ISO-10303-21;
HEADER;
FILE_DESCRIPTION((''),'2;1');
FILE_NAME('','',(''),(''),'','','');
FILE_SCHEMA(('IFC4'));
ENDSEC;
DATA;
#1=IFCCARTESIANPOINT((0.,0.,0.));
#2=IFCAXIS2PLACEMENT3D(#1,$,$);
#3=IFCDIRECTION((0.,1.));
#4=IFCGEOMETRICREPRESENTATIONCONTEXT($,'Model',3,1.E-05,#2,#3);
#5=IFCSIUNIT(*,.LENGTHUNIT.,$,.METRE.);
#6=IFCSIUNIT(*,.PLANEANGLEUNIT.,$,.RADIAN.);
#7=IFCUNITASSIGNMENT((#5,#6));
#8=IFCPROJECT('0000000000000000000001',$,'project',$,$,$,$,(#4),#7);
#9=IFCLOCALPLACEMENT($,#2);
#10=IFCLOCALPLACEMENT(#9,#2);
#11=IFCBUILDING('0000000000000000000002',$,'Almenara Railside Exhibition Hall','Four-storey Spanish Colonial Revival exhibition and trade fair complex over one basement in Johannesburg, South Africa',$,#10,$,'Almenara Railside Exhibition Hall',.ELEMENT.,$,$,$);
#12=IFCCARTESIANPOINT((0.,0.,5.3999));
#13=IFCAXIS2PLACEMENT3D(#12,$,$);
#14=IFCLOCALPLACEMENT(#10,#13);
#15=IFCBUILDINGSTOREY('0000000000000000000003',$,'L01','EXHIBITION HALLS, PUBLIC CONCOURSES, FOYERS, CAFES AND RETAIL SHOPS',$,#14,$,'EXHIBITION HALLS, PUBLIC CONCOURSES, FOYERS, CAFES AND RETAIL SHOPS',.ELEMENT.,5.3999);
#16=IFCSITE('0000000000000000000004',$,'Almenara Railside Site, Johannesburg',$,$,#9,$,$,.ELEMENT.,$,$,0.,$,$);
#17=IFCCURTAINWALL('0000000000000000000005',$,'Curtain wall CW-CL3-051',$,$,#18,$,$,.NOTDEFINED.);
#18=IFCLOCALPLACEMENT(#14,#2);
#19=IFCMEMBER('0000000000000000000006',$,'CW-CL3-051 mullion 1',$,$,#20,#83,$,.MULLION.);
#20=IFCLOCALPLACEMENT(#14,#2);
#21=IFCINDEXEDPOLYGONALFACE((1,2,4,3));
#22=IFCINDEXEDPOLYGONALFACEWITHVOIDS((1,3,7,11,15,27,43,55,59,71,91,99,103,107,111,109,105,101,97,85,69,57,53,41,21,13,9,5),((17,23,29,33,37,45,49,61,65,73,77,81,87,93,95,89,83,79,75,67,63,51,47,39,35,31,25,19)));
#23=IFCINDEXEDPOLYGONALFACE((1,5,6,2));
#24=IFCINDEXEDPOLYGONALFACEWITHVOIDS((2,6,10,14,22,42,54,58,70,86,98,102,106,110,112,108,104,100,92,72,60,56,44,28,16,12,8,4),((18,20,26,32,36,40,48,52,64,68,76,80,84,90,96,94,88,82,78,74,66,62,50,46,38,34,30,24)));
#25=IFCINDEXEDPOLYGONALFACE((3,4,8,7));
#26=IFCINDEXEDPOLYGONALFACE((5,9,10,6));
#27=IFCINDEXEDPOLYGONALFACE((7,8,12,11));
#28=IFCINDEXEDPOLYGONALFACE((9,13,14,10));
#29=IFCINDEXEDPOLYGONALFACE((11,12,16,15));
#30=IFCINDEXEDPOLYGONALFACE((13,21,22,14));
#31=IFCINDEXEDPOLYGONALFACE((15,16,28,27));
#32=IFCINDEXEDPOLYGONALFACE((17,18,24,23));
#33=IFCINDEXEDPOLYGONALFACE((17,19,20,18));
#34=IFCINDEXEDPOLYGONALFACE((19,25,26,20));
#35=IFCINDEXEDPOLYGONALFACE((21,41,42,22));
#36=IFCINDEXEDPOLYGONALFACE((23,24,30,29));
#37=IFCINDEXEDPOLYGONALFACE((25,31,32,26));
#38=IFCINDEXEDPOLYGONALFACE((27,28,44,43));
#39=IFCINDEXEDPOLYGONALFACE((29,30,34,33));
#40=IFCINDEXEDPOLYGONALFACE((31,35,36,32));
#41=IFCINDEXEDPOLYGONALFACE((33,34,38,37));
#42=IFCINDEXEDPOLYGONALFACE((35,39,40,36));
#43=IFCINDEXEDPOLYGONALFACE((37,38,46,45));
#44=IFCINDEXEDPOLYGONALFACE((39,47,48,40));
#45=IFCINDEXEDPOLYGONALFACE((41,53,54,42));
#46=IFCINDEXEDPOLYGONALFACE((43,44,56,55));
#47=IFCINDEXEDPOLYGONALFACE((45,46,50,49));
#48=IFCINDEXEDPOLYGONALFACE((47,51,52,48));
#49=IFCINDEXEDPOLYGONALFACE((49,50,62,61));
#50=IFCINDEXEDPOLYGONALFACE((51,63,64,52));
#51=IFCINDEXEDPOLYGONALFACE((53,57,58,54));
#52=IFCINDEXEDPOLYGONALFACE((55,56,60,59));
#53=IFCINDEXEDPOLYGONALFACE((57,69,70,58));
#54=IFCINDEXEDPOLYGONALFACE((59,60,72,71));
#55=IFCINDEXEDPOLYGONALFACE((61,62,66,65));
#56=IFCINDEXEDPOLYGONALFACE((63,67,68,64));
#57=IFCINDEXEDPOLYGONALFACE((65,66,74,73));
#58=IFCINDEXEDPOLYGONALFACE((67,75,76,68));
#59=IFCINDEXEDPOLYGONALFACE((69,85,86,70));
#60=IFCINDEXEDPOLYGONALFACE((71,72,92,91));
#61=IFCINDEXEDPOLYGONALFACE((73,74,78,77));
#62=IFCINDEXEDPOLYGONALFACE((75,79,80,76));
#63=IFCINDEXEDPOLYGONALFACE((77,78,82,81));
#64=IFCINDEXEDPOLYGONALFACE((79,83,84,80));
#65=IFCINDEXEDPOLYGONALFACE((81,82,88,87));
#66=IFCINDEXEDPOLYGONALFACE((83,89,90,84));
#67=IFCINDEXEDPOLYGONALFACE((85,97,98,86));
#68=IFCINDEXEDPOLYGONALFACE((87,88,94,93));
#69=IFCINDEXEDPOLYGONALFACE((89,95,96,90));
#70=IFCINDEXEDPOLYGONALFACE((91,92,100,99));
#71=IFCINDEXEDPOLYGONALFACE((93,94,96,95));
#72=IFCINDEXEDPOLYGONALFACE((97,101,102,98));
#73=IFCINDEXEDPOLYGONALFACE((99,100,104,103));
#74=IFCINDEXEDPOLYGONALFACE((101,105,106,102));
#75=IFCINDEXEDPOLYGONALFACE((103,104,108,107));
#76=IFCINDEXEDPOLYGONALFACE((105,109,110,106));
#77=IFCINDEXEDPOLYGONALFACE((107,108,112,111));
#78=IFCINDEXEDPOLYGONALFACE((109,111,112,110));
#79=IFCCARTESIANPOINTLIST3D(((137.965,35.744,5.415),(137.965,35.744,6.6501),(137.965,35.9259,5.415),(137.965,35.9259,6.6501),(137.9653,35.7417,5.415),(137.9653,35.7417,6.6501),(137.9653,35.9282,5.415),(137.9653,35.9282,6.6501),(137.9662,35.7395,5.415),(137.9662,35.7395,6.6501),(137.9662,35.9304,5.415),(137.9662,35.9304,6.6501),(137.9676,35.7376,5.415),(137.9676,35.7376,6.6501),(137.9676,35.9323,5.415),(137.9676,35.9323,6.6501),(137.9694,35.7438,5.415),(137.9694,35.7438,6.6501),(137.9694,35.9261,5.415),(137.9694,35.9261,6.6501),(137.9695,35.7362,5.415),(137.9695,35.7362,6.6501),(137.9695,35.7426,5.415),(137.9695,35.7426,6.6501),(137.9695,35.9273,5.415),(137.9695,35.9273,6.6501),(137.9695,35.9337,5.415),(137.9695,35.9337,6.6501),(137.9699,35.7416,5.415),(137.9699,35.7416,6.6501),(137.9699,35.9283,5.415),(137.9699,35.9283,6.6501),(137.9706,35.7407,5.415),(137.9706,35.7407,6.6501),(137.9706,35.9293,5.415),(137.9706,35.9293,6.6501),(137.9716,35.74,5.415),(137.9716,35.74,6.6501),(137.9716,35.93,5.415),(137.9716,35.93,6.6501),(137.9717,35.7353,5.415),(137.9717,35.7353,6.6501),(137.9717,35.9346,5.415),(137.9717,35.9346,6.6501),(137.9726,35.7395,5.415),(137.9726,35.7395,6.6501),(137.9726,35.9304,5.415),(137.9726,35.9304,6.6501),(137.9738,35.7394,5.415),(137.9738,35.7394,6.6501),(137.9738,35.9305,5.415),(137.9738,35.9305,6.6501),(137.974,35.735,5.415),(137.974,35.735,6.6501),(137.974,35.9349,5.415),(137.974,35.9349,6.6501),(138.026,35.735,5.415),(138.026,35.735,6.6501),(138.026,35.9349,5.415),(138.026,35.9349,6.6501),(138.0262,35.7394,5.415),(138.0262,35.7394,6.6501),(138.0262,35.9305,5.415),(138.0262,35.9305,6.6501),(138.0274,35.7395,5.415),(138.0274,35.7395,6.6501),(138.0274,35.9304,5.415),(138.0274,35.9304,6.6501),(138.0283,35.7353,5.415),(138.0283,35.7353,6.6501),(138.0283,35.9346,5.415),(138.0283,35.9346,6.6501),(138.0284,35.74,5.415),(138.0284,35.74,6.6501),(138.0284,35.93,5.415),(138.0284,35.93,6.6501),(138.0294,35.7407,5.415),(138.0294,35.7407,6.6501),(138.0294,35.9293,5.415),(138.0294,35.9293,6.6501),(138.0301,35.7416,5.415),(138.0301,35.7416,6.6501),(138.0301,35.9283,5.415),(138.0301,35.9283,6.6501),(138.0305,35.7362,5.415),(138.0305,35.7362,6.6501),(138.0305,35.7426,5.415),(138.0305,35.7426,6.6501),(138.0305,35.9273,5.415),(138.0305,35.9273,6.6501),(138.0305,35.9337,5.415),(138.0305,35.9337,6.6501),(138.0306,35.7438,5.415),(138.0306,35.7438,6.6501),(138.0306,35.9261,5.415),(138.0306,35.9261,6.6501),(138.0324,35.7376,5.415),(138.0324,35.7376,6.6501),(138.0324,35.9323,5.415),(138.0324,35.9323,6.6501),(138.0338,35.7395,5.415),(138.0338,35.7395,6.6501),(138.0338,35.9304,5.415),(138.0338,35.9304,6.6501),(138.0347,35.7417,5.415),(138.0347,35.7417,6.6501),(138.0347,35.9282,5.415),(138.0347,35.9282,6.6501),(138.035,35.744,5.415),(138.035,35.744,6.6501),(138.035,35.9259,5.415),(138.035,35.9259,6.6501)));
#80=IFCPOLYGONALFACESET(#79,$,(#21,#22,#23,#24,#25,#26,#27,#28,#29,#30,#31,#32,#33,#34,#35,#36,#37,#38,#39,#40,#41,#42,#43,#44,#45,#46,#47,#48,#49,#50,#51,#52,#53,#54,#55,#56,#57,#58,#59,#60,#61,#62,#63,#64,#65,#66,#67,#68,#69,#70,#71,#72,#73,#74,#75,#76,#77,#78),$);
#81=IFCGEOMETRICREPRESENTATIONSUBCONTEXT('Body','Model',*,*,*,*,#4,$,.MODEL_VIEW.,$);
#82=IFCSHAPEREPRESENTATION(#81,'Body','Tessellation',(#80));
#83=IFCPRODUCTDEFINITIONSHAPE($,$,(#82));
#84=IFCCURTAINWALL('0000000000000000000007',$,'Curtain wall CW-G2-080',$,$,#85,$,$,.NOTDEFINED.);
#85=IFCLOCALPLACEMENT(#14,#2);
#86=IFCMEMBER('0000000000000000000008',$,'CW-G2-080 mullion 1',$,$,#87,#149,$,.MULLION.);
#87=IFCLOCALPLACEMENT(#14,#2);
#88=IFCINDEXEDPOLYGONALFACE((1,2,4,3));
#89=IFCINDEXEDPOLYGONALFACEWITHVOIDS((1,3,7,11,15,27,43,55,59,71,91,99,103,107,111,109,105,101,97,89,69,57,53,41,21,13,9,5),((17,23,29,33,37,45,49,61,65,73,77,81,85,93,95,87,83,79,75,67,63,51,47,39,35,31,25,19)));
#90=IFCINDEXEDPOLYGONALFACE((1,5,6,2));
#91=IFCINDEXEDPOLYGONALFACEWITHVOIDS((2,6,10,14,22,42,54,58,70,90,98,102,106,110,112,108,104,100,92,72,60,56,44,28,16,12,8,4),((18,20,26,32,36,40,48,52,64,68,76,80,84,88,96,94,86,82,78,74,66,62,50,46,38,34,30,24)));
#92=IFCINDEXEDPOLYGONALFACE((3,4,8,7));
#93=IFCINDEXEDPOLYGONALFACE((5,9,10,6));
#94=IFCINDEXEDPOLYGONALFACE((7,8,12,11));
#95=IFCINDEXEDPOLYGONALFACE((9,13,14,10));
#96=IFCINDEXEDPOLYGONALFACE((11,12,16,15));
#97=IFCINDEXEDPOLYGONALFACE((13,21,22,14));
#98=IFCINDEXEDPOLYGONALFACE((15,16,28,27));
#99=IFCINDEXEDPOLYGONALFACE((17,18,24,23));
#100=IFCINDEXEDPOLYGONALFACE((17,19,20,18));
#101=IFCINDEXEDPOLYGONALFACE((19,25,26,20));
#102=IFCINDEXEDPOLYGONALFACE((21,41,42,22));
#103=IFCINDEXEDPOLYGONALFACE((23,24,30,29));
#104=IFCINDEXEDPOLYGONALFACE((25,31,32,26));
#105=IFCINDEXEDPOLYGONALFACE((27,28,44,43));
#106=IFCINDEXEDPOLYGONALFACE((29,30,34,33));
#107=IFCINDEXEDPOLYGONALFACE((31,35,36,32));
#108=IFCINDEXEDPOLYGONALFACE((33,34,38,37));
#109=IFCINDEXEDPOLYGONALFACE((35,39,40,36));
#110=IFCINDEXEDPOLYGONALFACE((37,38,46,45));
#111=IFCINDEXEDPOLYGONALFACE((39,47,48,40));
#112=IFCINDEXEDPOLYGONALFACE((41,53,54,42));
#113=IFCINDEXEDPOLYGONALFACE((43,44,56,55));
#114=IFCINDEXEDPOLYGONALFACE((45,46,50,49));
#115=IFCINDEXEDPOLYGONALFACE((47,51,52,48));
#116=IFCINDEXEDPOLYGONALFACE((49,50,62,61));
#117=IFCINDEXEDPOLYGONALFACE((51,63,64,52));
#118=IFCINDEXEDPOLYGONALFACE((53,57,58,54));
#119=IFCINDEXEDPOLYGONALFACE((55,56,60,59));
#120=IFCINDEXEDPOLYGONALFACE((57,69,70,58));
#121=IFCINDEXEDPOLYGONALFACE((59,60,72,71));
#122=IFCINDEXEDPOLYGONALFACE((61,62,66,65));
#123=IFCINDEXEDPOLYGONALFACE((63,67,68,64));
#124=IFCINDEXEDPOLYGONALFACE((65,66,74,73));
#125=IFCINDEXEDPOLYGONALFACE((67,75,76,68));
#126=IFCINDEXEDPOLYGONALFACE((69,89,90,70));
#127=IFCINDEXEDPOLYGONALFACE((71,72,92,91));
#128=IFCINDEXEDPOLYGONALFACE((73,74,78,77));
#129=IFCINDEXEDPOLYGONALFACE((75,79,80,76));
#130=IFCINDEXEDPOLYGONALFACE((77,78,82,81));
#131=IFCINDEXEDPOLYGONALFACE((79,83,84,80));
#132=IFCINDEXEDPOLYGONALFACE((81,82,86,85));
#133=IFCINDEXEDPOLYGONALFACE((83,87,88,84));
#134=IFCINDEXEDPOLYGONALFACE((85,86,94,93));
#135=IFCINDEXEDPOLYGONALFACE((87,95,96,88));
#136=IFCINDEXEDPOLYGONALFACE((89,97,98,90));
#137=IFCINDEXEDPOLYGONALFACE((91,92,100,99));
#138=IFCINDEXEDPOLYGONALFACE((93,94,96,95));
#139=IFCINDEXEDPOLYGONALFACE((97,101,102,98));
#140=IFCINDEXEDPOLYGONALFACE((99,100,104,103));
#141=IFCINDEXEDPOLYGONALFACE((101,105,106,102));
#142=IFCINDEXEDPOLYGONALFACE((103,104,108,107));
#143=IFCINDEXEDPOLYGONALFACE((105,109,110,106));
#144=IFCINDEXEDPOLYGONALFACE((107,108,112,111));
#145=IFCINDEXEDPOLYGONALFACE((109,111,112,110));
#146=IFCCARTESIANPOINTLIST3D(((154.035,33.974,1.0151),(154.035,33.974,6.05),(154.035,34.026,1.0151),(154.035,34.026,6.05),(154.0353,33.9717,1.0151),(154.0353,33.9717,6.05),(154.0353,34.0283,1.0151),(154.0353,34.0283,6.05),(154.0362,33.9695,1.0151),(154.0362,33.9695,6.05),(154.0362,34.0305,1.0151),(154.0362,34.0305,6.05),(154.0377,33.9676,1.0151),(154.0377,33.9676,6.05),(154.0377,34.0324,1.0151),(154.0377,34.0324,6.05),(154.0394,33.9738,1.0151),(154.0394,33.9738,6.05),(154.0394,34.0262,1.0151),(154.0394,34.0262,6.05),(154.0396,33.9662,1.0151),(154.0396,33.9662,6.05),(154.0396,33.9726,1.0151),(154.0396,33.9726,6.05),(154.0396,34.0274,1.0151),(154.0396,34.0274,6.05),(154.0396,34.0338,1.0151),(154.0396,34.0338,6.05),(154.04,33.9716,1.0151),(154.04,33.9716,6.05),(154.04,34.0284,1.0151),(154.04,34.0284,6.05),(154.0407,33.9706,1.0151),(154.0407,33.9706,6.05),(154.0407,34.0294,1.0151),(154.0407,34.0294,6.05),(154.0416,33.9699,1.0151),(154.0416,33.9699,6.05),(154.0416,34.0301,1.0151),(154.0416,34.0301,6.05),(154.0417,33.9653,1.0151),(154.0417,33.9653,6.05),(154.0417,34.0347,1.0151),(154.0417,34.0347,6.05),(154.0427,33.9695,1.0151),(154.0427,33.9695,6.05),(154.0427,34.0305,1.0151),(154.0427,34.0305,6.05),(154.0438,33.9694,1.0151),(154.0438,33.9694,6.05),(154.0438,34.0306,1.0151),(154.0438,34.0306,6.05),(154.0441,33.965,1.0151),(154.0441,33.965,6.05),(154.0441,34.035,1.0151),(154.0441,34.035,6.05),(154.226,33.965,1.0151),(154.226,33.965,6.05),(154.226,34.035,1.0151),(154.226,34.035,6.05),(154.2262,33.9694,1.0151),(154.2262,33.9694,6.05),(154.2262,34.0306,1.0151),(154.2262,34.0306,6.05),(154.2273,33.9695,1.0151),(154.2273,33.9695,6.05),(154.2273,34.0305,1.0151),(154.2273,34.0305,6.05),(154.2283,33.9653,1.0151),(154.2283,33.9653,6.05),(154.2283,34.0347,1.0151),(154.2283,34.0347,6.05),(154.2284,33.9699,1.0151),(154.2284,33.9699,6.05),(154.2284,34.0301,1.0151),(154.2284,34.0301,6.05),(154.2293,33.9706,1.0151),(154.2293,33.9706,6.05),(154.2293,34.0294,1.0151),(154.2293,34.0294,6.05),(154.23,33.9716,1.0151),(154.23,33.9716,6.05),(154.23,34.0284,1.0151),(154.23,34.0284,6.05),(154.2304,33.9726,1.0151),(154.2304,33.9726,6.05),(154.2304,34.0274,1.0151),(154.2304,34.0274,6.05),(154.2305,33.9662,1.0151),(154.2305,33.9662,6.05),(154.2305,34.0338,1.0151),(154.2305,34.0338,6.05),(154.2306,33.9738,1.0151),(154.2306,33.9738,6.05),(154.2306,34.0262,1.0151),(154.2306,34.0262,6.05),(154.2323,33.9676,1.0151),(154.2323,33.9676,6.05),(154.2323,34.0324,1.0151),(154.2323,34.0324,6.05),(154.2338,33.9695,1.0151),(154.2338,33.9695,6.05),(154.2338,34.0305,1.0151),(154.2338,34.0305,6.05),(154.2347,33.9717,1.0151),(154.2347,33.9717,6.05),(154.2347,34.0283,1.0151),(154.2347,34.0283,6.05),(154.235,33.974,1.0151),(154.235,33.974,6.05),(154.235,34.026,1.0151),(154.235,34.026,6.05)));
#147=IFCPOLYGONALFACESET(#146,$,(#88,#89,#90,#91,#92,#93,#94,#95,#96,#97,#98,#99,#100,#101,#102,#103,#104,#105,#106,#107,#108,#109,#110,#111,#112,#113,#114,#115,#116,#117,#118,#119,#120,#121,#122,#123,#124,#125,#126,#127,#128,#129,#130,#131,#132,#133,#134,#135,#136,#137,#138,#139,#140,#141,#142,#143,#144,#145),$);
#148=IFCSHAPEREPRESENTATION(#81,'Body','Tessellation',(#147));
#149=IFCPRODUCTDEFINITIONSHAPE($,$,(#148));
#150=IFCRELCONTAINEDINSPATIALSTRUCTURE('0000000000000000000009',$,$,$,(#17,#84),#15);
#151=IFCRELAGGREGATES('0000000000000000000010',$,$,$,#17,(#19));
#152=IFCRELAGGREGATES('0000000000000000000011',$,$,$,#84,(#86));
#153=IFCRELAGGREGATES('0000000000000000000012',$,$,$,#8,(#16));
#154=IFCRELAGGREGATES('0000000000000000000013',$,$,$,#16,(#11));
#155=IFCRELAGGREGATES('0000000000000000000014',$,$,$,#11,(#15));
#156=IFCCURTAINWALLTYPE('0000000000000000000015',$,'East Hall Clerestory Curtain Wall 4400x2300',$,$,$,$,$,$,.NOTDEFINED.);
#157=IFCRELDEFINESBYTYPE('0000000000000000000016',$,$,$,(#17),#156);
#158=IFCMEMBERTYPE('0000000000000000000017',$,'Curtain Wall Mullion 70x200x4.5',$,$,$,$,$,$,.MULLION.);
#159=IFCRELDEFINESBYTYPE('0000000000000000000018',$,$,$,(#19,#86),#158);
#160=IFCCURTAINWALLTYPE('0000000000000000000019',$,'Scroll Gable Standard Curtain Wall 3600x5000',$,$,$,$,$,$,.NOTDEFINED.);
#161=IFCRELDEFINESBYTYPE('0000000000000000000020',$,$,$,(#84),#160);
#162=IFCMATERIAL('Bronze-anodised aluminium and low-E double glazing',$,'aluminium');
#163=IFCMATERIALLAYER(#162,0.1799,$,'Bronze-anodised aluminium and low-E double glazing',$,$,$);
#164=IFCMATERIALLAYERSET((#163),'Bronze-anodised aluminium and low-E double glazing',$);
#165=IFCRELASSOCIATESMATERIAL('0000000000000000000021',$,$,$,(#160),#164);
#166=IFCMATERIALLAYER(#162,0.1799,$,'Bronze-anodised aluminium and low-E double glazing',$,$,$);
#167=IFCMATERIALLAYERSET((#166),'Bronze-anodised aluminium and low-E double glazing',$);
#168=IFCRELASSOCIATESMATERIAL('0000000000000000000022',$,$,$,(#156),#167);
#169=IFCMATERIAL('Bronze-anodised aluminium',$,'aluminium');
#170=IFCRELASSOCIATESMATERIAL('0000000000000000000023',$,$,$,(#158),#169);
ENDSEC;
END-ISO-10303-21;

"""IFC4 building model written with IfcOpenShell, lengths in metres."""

from ifc_helpers import new_model, si_unit, direction, frame, origin, origin_2d, place, context, subcontext, project, spatial, hollow_rectangle, extrude, material, layer, layer_set, material_profile, profile_set, type_object, element, aggregate, save


model = new_model("IFC4")

# Units and contexts
model_context = context("Model", 3, precision=1e-05, world=origin(), true_north=direction((0.0, 1.0)))
body_context = subcontext(model_context, "Body", "Model", "MODEL_VIEW")
ifc_project = project(units=[si_unit("LENGTHUNIT", "METRE"), si_unit("PLANEANGLEUNIT", "RADIAN")], contexts=[model_context])

# Site, building, storey
site_placement = place(None, origin())
site = spatial("IfcSite", under=ifc_project, at=site_placement, Name="Almenara Railside Site, Johannesburg", CompositionType="ELEMENT", RefElevation=0.0)
building_placement = place(site_placement, origin())
building = spatial("IfcBuilding", under=site, at=building_placement, Name="Almenara Railside Exhibition Hall", Description="Four-storey Spanish Colonial Revival exhibition and trade fair complex over one basement in Johannesburg, South Africa", LongName="Almenara Railside Exhibition Hall", CompositionType="ELEMENT")
storey_placement = place(building_placement, frame((0.0, 0.0, 5.3999)))
storey = spatial("IfcBuildingStorey", under=building, at=storey_placement, Name="L01", Description="EXHIBITION HALLS, PUBLIC CONCOURSES, FOYERS, CAFES AND RETAIL SHOPS", LongName="EXHIBITION HALLS, PUBLIC CONCOURSES, FOYERS, CAFES AND RETAIL SHOPS", CompositionType="ELEMENT", Elevation=5.3999)

# Shared definitions
ifc_material_1 = material(Name="Bronze-anodised aluminium and low-E double glazing", Category="aluminium")
ifc_layer_1 = layer(ifc_material_1, 0.1799, Name="Bronze-anodised aluminium and low-E double glazing")
ifc_layer_set_1 = layer_set([ifc_layer_1], Name="Bronze-anodised aluminium and low-E double glazing")
curtain_wall_type_1 = type_object("IfcCurtainWallType", Name="Scroll Gable Standard Curtain Wall 3600x5000", PredefinedType="NOTDEFINED", material=ifc_layer_set_1)
ifc_material_2 = material(Name="Bronze-anodised aluminium", Category="aluminium")

# Curtain walls, members
ifc_layer_2 = layer(ifc_material_1, 0.1799, Name="Bronze-anodised aluminium and low-E double glazing")
ifc_layer_set_2 = layer_set([ifc_layer_2], Name="Bronze-anodised aluminium and low-E double glazing")
curtain_wall_type_2 = type_object("IfcCurtainWallType", Name="East Hall Clerestory Curtain Wall 4400x2300", PredefinedType="NOTDEFINED", material=ifc_layer_set_2)
curtain_wall_1_placement = place(storey_placement, origin())
curtain_wall_1 = element("IfcCurtainWall", 1, at=curtain_wall_1_placement, inside=storey, type_object=curtain_wall_type_2, Name="Curtain wall CW-CL3-051", PredefinedType="NOTDEFINED")
ifc_material_profile_1 = material_profile(ifc_material_2, hollow_rectangle(XDim=0.0701, YDim=0.2, WallThickness=0.0044, InnerFilletRadius=0.0044, OuterFilletRadius=0.009, at=origin_2d()), Name="ALU-MUL 70x200x4.5")
ifc_profile_set_1 = profile_set([ifc_material_profile_1], Name="Bronze-anodised aluminium")
member_type_1 = type_object("IfcMemberType", Name="Curtain Wall Mullion 70x200x4.5", PredefinedType="MULLION", material=ifc_profile_set_1)
member_1_placement = place(storey_placement, frame((138.0, 35.835, 5.415), z_axis=(0.0, 0.0, 1.0), x_axis=(-1.0, 0.0, 0.0)))
member_1 = element("IfcMember", 2, at=member_1_placement, type_object=member_type_1, Name="CW-CL3-051 mullion 1", PredefinedType="MULLION", context=body_context, shape_type="SweptSolid", body=[
    extrude(hollow_rectangle(XDim=0.0701, YDim=0.2, WallThickness=0.0044, InnerFilletRadius=0.0044, OuterFilletRadius=0.009, at=origin_2d()), origin(), (0.0, 0.0, 1.0), 1.2351),
])
curtain_wall_2_placement = place(storey_placement, origin())
curtain_wall_2 = element("IfcCurtainWall", 3, at=curtain_wall_2_placement, inside=storey, type_object=curtain_wall_type_1, Name="Curtain wall CW-G2-080", PredefinedType="NOTDEFINED")
member_2_placement = place(storey_placement, frame((154.135, 34.0, 1.0151), z_axis=(0.0, 0.0, 1.0), x_axis=(0.0, 1.0, 0.0)))
member_2 = element("IfcMember", 4, at=member_2_placement, type_object=member_type_1, Name="CW-G2-080 mullion 1", PredefinedType="MULLION", context=body_context, shape_type="SweptSolid", body=[
    extrude(hollow_rectangle(XDim=0.0701, YDim=0.2, WallThickness=0.0044, InnerFilletRadius=0.0044, OuterFilletRadius=0.009, at=origin_2d()), origin(), (0.0, 0.0, 1.0), 5.0349),
])

aggregate(curtain_wall_1, [member_1])
aggregate(curtain_wall_2, [member_2])

save(model, "model.ifc")
